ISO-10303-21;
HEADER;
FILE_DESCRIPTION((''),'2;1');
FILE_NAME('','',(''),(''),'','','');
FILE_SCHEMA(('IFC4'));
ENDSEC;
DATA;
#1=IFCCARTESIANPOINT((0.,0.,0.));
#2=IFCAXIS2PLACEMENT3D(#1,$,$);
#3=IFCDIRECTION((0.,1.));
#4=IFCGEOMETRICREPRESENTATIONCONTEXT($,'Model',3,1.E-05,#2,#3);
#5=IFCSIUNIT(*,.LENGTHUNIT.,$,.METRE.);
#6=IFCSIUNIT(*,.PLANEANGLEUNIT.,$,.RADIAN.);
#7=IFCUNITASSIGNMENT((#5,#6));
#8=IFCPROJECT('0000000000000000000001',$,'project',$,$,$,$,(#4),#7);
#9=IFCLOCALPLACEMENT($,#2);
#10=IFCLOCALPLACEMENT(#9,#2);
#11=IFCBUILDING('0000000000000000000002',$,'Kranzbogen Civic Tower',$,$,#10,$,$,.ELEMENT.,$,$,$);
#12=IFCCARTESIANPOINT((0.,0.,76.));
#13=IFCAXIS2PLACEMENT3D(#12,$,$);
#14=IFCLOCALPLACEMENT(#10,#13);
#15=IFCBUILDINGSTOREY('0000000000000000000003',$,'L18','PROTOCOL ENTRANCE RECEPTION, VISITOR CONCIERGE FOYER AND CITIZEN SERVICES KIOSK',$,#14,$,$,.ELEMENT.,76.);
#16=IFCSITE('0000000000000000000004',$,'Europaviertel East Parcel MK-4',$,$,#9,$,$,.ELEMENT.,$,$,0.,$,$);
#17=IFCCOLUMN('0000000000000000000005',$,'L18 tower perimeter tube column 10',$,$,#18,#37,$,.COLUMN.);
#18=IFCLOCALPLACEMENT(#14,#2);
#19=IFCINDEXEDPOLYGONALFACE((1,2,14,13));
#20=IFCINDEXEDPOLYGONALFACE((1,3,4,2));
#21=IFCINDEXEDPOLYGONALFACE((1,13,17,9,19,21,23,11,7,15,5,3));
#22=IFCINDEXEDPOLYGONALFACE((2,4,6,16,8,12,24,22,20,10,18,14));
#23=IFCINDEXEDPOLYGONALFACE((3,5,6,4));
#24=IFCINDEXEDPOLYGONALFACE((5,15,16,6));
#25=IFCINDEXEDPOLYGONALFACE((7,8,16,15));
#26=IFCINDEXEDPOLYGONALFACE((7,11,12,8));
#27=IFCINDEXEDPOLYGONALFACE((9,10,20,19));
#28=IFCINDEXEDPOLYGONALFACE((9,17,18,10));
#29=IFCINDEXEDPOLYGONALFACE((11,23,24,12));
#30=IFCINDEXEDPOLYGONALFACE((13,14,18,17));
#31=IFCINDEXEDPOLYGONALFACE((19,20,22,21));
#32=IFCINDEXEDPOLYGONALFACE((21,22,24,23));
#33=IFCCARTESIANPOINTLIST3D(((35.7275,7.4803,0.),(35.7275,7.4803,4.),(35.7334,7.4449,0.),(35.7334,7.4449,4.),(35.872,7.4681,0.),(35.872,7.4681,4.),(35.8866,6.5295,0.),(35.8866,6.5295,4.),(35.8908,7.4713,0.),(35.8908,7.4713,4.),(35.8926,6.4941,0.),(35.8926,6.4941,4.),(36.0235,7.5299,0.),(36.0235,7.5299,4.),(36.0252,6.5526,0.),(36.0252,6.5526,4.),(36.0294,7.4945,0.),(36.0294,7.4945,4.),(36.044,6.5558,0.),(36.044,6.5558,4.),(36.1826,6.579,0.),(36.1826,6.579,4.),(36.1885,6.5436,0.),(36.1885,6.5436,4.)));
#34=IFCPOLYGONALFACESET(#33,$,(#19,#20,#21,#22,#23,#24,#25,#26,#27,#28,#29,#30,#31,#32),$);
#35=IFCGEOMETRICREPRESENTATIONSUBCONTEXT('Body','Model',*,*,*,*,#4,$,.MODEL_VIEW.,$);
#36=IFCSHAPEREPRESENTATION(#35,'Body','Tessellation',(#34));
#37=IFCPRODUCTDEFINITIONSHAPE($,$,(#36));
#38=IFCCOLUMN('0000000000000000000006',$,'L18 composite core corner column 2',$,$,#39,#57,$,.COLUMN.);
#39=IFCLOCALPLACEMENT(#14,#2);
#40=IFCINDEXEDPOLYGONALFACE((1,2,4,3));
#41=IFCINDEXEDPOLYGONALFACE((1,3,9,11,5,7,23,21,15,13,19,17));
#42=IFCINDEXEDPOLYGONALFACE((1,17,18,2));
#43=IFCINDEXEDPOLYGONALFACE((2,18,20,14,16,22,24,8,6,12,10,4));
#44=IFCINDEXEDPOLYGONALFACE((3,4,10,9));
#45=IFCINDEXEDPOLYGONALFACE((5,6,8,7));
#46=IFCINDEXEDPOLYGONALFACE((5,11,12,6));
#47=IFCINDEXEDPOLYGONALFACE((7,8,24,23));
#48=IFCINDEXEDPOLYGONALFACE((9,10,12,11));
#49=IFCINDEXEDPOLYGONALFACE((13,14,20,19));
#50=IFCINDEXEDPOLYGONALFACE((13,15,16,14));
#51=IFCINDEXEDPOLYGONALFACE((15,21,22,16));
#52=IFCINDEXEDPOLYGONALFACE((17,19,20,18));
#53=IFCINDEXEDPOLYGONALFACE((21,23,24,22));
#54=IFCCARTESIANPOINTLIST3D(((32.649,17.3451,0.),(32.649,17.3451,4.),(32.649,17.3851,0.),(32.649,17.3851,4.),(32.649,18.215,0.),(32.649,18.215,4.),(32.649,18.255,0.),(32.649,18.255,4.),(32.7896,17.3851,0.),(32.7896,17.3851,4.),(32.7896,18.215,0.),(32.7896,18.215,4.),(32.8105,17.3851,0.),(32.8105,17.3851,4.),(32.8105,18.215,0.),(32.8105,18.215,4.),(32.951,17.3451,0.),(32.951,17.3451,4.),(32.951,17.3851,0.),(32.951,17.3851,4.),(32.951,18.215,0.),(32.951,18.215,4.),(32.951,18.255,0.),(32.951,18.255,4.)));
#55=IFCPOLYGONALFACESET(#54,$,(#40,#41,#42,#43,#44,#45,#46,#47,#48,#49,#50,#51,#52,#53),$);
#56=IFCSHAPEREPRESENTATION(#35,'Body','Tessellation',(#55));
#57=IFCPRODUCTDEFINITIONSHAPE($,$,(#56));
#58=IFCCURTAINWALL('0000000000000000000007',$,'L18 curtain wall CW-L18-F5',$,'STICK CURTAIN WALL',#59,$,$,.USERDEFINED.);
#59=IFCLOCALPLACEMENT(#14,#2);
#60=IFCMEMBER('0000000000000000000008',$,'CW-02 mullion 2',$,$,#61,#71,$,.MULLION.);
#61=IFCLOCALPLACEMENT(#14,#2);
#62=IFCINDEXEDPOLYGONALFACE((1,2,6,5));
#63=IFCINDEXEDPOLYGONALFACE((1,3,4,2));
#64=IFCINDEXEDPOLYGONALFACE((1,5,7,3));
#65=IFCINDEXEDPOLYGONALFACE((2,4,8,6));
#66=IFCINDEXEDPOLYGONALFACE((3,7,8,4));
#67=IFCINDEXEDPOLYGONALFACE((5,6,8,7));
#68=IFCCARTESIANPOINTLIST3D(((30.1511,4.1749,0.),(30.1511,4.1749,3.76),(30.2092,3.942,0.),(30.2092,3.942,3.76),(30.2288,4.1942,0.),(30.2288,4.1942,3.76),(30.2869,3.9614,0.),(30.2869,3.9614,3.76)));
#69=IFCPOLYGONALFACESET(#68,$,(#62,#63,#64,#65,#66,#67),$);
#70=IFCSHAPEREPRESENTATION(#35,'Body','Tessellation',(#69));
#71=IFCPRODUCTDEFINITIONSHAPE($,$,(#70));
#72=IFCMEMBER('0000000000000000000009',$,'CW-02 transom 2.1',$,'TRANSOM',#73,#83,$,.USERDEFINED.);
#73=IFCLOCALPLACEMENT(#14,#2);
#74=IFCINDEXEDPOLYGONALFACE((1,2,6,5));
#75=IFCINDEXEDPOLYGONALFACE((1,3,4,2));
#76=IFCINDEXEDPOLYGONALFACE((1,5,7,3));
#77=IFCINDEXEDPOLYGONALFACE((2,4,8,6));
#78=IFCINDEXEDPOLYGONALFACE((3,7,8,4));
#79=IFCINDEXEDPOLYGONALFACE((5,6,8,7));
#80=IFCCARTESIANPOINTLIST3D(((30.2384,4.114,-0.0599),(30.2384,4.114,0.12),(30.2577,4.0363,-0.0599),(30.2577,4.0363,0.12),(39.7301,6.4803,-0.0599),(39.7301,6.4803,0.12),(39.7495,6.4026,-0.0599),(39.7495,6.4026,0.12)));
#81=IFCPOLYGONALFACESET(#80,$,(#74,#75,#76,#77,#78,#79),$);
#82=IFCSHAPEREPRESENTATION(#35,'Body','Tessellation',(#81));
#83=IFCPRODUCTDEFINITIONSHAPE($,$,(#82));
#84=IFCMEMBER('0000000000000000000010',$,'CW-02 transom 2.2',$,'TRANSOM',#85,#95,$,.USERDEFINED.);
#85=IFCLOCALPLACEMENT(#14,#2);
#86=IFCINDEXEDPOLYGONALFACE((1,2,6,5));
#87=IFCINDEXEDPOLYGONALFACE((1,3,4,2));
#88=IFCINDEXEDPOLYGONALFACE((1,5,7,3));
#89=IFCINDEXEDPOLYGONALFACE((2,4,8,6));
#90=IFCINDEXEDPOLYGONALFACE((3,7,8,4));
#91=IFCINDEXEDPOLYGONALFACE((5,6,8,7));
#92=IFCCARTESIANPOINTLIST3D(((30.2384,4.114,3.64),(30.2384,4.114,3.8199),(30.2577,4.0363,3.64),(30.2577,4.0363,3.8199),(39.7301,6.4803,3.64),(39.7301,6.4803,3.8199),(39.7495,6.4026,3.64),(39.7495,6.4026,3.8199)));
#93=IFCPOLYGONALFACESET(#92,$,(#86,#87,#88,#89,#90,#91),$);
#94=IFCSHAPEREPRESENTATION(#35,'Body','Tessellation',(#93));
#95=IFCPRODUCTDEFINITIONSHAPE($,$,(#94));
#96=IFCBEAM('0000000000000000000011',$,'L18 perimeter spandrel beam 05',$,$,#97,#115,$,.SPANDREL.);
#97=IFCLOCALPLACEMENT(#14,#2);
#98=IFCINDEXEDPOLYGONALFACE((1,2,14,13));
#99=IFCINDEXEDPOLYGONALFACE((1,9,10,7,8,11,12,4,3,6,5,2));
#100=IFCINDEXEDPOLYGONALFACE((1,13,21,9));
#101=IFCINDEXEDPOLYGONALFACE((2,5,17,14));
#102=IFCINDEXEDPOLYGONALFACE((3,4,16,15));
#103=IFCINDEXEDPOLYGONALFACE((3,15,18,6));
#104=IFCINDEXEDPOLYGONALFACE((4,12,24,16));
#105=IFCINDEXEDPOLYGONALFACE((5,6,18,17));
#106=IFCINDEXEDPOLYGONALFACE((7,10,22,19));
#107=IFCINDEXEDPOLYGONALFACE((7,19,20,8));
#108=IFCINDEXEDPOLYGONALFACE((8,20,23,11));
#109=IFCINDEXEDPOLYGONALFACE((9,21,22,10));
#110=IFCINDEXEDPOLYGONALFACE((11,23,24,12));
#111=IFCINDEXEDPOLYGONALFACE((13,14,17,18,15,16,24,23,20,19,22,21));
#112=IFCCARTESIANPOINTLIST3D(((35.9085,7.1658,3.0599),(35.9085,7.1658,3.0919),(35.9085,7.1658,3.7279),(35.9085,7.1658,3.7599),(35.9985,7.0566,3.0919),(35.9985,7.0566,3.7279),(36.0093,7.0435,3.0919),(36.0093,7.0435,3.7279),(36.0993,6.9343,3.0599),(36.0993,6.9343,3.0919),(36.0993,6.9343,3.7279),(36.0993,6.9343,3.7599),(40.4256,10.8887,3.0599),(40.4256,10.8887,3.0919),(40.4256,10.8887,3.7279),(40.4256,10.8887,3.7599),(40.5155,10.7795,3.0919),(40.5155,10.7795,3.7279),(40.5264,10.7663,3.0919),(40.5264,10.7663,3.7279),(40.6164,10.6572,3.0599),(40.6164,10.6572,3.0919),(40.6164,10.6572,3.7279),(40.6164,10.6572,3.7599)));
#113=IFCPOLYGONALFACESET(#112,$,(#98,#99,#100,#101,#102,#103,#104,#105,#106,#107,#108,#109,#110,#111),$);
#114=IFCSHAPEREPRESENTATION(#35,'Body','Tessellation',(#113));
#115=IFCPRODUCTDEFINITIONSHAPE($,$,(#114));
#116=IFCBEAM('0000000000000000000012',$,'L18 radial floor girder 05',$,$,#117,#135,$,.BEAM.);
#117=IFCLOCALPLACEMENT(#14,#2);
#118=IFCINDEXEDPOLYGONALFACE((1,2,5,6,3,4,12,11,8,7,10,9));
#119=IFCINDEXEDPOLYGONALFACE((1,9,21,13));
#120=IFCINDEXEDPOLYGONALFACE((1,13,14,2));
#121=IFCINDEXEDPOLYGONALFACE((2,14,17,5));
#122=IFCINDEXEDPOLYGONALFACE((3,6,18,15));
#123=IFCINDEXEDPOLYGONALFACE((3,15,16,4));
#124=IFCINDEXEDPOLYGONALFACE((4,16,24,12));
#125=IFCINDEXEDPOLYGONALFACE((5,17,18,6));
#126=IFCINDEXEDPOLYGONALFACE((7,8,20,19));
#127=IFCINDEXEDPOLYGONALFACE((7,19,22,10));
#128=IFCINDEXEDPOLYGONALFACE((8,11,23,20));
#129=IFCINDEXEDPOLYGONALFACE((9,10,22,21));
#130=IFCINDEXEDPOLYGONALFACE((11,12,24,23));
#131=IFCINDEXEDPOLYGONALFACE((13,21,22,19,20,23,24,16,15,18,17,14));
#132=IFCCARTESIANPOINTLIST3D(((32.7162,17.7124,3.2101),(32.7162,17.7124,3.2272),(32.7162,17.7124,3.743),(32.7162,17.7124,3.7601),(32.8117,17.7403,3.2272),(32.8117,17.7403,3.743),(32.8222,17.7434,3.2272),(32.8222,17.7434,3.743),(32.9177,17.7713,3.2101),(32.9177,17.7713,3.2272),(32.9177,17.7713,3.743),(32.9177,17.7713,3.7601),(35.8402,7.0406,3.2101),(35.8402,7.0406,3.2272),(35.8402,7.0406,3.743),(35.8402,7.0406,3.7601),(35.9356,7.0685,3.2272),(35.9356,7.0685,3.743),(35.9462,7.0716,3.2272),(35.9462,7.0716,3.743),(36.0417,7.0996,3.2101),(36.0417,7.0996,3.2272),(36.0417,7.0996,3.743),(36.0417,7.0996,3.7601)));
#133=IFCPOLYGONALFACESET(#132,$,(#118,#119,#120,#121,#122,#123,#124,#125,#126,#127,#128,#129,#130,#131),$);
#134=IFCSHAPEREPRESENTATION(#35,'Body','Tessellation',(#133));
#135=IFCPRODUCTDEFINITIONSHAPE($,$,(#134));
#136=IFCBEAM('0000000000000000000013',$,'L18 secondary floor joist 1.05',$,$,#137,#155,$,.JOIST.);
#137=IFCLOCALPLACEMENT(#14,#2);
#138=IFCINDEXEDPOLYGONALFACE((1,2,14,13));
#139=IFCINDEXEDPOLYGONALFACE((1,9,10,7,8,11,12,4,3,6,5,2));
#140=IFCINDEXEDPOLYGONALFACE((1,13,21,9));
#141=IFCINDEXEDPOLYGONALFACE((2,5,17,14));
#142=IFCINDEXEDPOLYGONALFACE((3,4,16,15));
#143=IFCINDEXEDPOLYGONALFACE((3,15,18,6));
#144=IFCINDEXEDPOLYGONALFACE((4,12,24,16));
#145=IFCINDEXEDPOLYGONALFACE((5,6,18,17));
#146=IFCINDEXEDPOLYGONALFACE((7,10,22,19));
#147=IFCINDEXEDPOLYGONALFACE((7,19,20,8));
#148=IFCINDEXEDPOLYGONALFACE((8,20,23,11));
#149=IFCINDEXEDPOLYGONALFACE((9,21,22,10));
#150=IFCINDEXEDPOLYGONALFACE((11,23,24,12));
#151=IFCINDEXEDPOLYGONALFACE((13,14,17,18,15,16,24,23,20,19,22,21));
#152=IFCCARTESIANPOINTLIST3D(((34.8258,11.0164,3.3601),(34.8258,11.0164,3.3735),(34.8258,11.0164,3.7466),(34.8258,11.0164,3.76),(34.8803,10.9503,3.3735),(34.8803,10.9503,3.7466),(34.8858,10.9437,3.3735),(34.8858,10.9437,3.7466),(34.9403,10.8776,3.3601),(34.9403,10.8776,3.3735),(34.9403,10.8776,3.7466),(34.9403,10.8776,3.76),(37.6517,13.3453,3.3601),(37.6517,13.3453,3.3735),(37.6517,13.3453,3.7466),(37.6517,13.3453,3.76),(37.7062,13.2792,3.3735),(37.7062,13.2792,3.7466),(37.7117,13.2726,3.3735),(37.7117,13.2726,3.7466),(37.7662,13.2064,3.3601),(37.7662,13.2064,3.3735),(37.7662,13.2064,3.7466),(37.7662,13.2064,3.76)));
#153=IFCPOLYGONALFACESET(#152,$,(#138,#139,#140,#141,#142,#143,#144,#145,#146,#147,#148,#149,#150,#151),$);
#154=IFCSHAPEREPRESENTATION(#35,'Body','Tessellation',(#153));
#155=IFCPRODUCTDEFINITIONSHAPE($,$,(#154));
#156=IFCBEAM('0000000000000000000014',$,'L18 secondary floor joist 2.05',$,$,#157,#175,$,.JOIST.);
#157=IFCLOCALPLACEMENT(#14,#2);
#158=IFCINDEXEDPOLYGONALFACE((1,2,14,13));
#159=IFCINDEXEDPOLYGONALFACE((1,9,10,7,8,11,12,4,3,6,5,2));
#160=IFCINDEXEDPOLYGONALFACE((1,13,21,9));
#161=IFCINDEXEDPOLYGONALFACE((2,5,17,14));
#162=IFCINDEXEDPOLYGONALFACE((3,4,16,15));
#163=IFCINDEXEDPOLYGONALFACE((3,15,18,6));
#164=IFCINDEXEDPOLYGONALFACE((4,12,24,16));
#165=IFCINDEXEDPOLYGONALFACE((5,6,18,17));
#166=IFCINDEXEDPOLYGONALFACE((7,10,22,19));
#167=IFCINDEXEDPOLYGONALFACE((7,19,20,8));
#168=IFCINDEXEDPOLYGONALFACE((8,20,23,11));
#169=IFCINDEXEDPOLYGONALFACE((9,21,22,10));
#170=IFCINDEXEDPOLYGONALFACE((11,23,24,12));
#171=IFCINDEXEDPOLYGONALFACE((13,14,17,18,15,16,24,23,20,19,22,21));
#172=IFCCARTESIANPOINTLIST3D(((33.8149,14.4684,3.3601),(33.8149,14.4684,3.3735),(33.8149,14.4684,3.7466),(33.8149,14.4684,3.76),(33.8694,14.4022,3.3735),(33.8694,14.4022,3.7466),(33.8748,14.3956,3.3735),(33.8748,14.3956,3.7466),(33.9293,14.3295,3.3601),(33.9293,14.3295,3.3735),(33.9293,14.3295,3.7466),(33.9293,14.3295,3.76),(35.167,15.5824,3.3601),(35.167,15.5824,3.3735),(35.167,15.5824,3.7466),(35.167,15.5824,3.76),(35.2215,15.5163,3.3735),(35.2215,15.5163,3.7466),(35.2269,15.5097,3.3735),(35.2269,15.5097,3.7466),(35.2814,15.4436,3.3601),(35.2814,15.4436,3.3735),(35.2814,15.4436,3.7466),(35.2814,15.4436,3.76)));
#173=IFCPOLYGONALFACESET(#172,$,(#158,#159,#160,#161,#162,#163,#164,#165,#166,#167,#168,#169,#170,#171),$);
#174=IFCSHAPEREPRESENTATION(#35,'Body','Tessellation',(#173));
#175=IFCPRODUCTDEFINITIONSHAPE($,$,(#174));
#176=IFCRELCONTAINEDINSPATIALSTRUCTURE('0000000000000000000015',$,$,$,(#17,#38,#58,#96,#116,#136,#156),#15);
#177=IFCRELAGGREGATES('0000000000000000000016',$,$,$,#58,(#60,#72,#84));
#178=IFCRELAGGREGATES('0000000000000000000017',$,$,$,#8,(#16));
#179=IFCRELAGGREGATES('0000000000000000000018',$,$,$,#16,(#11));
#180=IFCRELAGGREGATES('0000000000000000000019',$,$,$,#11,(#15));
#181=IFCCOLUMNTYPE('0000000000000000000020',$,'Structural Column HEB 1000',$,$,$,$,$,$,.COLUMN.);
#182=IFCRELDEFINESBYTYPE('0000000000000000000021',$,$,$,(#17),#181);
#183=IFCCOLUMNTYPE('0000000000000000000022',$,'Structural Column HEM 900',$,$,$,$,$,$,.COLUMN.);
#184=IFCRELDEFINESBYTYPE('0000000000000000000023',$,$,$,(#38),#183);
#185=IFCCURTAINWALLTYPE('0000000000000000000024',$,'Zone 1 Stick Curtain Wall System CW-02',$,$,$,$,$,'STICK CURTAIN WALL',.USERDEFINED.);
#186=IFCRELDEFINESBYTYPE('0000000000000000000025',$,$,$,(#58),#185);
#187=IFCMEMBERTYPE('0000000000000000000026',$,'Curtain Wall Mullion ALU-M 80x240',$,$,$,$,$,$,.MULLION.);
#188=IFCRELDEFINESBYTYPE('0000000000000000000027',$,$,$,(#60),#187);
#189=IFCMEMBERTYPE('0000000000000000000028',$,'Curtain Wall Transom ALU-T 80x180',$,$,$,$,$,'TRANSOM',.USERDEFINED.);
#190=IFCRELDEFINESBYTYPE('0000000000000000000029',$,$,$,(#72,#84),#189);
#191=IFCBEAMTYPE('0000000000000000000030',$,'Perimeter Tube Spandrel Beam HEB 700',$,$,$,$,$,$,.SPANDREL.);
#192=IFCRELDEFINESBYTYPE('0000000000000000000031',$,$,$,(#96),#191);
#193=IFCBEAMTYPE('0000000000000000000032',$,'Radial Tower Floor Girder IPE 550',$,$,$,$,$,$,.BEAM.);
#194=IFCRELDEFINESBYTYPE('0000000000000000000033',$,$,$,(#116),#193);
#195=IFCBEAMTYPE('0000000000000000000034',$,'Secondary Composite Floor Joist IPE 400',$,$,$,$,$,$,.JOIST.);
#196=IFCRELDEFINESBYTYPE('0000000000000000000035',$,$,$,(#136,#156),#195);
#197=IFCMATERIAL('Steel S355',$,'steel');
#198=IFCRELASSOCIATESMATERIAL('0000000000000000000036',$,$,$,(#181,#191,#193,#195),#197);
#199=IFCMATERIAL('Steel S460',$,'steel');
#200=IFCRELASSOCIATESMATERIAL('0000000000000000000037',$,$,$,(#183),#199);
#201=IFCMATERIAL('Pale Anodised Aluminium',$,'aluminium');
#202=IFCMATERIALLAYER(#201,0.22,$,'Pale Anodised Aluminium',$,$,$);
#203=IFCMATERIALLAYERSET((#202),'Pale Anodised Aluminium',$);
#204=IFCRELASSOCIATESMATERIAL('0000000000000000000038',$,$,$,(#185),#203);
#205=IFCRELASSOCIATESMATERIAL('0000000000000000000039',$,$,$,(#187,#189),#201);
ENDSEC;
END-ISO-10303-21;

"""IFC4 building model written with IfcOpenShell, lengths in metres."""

from ifc_helpers import new_model, si_unit, direction, frame, origin, origin_2d, place, context, subcontext, project, spatial, rectangle, i_section, extrude, material, layer, layer_set, material_profile, profile_set, type_object, element, aggregate, save


model = new_model("IFC4")

# Units and contexts
model_context = context("Model", 3, precision=1e-05, world=origin(), true_north=direction((0.0, 1.0)))
body_context = subcontext(model_context, "Body", "Model", "MODEL_VIEW")
ifc_project = project(units=[si_unit("LENGTHUNIT", "METRE"), si_unit("PLANEANGLEUNIT", "RADIAN")], contexts=[model_context])

# Site, building, storey
site_placement = place(None, origin())
site = spatial("IfcSite", under=ifc_project, at=site_placement, Name="Europaviertel East Parcel MK-4", CompositionType="ELEMENT", RefElevation=0.0)
building_placement = place(site_placement, origin())
building = spatial("IfcBuilding", under=site, at=building_placement, Name="Kranzbogen Civic Tower", CompositionType="ELEMENT")
storey_placement = place(building_placement, frame((0.0, 0.0, 76.0)))
storey = spatial("IfcBuildingStorey", under=building, at=storey_placement, Name="L18", Description="PROTOCOL ENTRANCE RECEPTION, VISITOR CONCIERGE FOYER AND CITIZEN SERVICES KIOSK", CompositionType="ELEMENT", Elevation=76.0)

# Columns
ifc_material_1 = material(Name="Steel S355", Category="steel")
ifc_material_profile_1 = material_profile(ifc_material_1, i_section(OverallWidth=0.3, OverallDepth=1.0, WebThickness=0.019, FlangeThickness=0.0359, at=origin_2d()), Name="HEB 1000")
ifc_profile_set_1 = profile_set([ifc_material_profile_1], Name="Steel S355")
column_type_1 = type_object("IfcColumnType", Name="Structural Column HEB 1000", PredefinedType="COLUMN", material=ifc_profile_set_1)
column_1_placement = place(storey_placement, frame((35.958, 7.012, 0.0), z_axis=(0.0, 0.0, 1.0), x_axis=(0.986286, 0.165048, 0.0)))
element("IfcColumn", 1, at=column_1_placement, inside=storey, type_object=column_type_1, Name="L18 tower perimeter tube column 10", PredefinedType="COLUMN", context=body_context, shape_type="SweptSolid", body=[
    extrude(i_section(OverallWidth=0.3, OverallDepth=1.0, WebThickness=0.019, FlangeThickness=0.0359, at=origin_2d()), origin(), (0.0, 0.0, 1.0), 4.0),
])
ifc_material_2 = material(Name="Steel S460", Category="steel")
ifc_material_profile_2 = material_profile(ifc_material_2, i_section(OverallWidth=0.302, OverallDepth=0.9099, WebThickness=0.021, FlangeThickness=0.04, at=origin_2d()), Name="HEM 900")
ifc_profile_set_2 = profile_set([ifc_material_profile_2], Name="Steel S460")
column_type_2 = type_object("IfcColumnType", Name="Structural Column HEM 900", PredefinedType="COLUMN", material=ifc_profile_set_2)
column_2_placement = place(storey_placement, frame((32.8, 17.8, 0.0), z_axis=(0.0, 0.0, 1.0), x_axis=(1.0, 0.0, 0.0)))
element("IfcColumn", 2, at=column_2_placement, inside=storey, type_object=column_type_2, Name="L18 composite core corner column 2", PredefinedType="COLUMN", context=body_context, shape_type="SweptSolid", body=[
    extrude(i_section(OverallWidth=0.302, OverallDepth=0.9099, WebThickness=0.021, FlangeThickness=0.04, at=origin_2d()), origin(), (0.0, 0.0, 1.0), 4.0),
])

# Curtain wall, members
ifc_material_3 = material(Name="Pale Anodised Aluminium", Category="aluminium")
ifc_layer_1 = layer(ifc_material_3, 0.22, Name="Pale Anodised Aluminium")
ifc_layer_set_1 = layer_set([ifc_layer_1], Name="Pale Anodised Aluminium")
curtain_wall_type = type_object("IfcCurtainWallType", Name="Zone 1 Stick Curtain Wall System CW-02", ElementType="STICK CURTAIN WALL", PredefinedType="USERDEFINED", material=ifc_layer_set_1)
curtain_wall_placement = place(storey_placement, origin())
curtain_wall = element("IfcCurtainWall", 3, at=curtain_wall_placement, inside=storey, type_object=curtain_wall_type, Name="L18 curtain wall CW-L18-F5", ObjectType="STICK CURTAIN WALL", PredefinedType="USERDEFINED")
ifc_material_profile_3 = material_profile(ifc_material_3, rectangle(XDim=0.0801, YDim=0.24, at=origin_2d()), Name="ALU-M 80x240")
ifc_profile_set_3 = profile_set([ifc_material_profile_3], Name="Pale Anodised Aluminium")
member_type_1 = type_object("IfcMemberType", Name="Curtain Wall Mullion ALU-M 80x240", PredefinedType="MULLION", material=ifc_profile_set_3)
member_1_placement = place(storey_placement, frame((30.219, 4.0681, 0.0), z_axis=(0.0, 0.0, 1.0), x_axis=(0.970303, 0.241892, 0.0)))
member_1 = element("IfcMember", 4, at=member_1_placement, type_object=member_type_1, Name="CW-02 mullion 2", PredefinedType="MULLION", context=body_context, shape_type="SweptSolid", body=[
    extrude(rectangle(XDim=0.0801, YDim=0.24, at=origin_2d()), origin(), (0.0, 0.0, 1.0), 3.76),
])
ifc_material_profile_4 = material_profile(ifc_material_3, rectangle(XDim=0.0801, YDim=0.1799, at=origin_2d()), Name="ALU-T 80x180")
ifc_profile_set_4 = profile_set([ifc_material_profile_4], Name="Pale Anodised Aluminium")
member_type_2 = type_object("IfcMemberType", Name="Curtain Wall Transom ALU-T 80x180", ElementType="TRANSOM", PredefinedType="USERDEFINED", material=ifc_profile_set_4)
member_2_placement = place(storey_placement, frame((30.248, 4.0752, 0.03), z_axis=(0.970304, 0.24189, 0.0), x_axis=(-0.24189, 0.970304, 0.0)))
member_2 = element("IfcMember", 5, at=member_2_placement, type_object=member_type_2, Name="CW-02 transom 2.1", ObjectType="TRANSOM", PredefinedType="USERDEFINED", context=body_context, shape_type="SweptSolid", body=[
    extrude(rectangle(XDim=0.0801, YDim=0.1799, at=origin_2d()), origin(), (0.0, 0.0, 1.0), 9.7822),
])
member_3_placement = place(storey_placement, frame((30.248, 4.0752, 3.73), z_axis=(0.970304, 0.24189, 0.0), x_axis=(-0.24189, 0.970304, 0.0)))
member_3 = element("IfcMember", 6, at=member_3_placement, type_object=member_type_2, Name="CW-02 transom 2.2", ObjectType="TRANSOM", PredefinedType="USERDEFINED", context=body_context, shape_type="SweptSolid", body=[
    extrude(rectangle(XDim=0.0801, YDim=0.1799, at=origin_2d()), origin(), (0.0, 0.0, 1.0), 9.7822),
])

# Beams
ifc_material_profile_5 = material_profile(ifc_material_1, i_section(OverallWidth=0.3, OverallDepth=0.7, WebThickness=0.0171, FlangeThickness=0.032, at=origin_2d()), Name="HEB 700")
ifc_profile_set_5 = profile_set([ifc_material_profile_5], Name="Steel S355")
beam_type_1 = type_object("IfcBeamType", Name="Perimeter Tube Spandrel Beam HEB 700", PredefinedType="SPANDREL", material=ifc_profile_set_5)
beam_1_placement = place(storey_placement, frame((36.0039, 7.05, 3.4099), z_axis=(0.771683, 0.636007, 0.0), x_axis=(-0.636007, 0.771683, 0.0)))
element("IfcBeam", 7, at=beam_1_placement, inside=storey, type_object=beam_type_1, Name="L18 perimeter spandrel beam 05", PredefinedType="SPANDREL", context=body_context, shape_type="SweptSolid", body=[
    extrude(i_section(OverallWidth=0.3, OverallDepth=0.7, WebThickness=0.0171, FlangeThickness=0.032, at=origin_2d()), origin(), (0.0, 0.0, 1.0), 5.8535),
])
ifc_material_profile_6 = material_profile(ifc_material_1, i_section(OverallWidth=0.21, OverallDepth=0.55, WebThickness=0.011, FlangeThickness=0.0171, at=origin_2d()), Name="IPE 550")
ifc_profile_set_6 = profile_set([ifc_material_profile_6], Name="Steel S355")
beam_type_2 = type_object("IfcBeamType", Name="Radial Tower Floor Girder IPE 550", PredefinedType="BEAM", material=ifc_profile_set_6)
beam_2_placement = place(storey_placement, frame((35.9409, 7.0701, 3.4851), z_axis=(-0.280944, 0.959724, 0.0), x_axis=(-0.959724, -0.280944, 0.0)))
element("IfcBeam", 8, at=beam_2_placement, inside=storey, type_object=beam_type_2, Name="L18 radial floor girder 05", PredefinedType="BEAM", context=body_context, shape_type="SweptSolid", body=[
    extrude(i_section(OverallWidth=0.21, OverallDepth=0.55, WebThickness=0.011, FlangeThickness=0.0171, at=origin_2d()), origin(), (0.0, 0.0, 1.0), 11.1196),
])
ifc_material_profile_7 = material_profile(ifc_material_1, i_section(OverallWidth=0.1799, OverallDepth=0.3999, WebThickness=0.0085, FlangeThickness=0.0134, at=origin_2d()), Name="IPE 400")
ifc_profile_set_7 = profile_set([ifc_material_profile_7], Name="Steel S355")
beam_type_3 = type_object("IfcBeamType", Name="Secondary Composite Floor Joist IPE 400", PredefinedType="JOIST", material=ifc_profile_set_7)
beam_3_placement = place(storey_placement, frame((34.8831, 10.947, 3.5601), z_axis=(0.771713, 0.635971, 0.0), x_axis=(-0.635971, 0.771713, 0.0)))
element("IfcBeam", 9, at=beam_3_placement, inside=storey, type_object=beam_type_3, Name="L18 secondary floor joist 1.05", PredefinedType="JOIST", context=body_context, shape_type="SweptSolid", body=[
    extrude(i_section(OverallWidth=0.1799, OverallDepth=0.3999, WebThickness=0.0085, FlangeThickness=0.0134, at=origin_2d()), origin(), (0.0, 0.0, 1.0), 3.6619),
])
beam_4_placement = place(storey_placement, frame((33.8721, 14.3989, 3.5601), z_axis=(0.771773, 0.635898, 0.0), x_axis=(-0.635898, 0.771773, 0.0)))
element("IfcBeam", 10, at=beam_4_placement, inside=storey, type_object=beam_type_3, Name="L18 secondary floor joist 2.05", PredefinedType="JOIST", context=body_context, shape_type="SweptSolid", body=[
    extrude(i_section(OverallWidth=0.1799, OverallDepth=0.3999, WebThickness=0.0085, FlangeThickness=0.0134, at=origin_2d()), origin(), (0.0, 0.0, 1.0), 1.752),
])

aggregate(curtain_wall, [member_1, member_2, member_3])

save(model, "model.ifc")
